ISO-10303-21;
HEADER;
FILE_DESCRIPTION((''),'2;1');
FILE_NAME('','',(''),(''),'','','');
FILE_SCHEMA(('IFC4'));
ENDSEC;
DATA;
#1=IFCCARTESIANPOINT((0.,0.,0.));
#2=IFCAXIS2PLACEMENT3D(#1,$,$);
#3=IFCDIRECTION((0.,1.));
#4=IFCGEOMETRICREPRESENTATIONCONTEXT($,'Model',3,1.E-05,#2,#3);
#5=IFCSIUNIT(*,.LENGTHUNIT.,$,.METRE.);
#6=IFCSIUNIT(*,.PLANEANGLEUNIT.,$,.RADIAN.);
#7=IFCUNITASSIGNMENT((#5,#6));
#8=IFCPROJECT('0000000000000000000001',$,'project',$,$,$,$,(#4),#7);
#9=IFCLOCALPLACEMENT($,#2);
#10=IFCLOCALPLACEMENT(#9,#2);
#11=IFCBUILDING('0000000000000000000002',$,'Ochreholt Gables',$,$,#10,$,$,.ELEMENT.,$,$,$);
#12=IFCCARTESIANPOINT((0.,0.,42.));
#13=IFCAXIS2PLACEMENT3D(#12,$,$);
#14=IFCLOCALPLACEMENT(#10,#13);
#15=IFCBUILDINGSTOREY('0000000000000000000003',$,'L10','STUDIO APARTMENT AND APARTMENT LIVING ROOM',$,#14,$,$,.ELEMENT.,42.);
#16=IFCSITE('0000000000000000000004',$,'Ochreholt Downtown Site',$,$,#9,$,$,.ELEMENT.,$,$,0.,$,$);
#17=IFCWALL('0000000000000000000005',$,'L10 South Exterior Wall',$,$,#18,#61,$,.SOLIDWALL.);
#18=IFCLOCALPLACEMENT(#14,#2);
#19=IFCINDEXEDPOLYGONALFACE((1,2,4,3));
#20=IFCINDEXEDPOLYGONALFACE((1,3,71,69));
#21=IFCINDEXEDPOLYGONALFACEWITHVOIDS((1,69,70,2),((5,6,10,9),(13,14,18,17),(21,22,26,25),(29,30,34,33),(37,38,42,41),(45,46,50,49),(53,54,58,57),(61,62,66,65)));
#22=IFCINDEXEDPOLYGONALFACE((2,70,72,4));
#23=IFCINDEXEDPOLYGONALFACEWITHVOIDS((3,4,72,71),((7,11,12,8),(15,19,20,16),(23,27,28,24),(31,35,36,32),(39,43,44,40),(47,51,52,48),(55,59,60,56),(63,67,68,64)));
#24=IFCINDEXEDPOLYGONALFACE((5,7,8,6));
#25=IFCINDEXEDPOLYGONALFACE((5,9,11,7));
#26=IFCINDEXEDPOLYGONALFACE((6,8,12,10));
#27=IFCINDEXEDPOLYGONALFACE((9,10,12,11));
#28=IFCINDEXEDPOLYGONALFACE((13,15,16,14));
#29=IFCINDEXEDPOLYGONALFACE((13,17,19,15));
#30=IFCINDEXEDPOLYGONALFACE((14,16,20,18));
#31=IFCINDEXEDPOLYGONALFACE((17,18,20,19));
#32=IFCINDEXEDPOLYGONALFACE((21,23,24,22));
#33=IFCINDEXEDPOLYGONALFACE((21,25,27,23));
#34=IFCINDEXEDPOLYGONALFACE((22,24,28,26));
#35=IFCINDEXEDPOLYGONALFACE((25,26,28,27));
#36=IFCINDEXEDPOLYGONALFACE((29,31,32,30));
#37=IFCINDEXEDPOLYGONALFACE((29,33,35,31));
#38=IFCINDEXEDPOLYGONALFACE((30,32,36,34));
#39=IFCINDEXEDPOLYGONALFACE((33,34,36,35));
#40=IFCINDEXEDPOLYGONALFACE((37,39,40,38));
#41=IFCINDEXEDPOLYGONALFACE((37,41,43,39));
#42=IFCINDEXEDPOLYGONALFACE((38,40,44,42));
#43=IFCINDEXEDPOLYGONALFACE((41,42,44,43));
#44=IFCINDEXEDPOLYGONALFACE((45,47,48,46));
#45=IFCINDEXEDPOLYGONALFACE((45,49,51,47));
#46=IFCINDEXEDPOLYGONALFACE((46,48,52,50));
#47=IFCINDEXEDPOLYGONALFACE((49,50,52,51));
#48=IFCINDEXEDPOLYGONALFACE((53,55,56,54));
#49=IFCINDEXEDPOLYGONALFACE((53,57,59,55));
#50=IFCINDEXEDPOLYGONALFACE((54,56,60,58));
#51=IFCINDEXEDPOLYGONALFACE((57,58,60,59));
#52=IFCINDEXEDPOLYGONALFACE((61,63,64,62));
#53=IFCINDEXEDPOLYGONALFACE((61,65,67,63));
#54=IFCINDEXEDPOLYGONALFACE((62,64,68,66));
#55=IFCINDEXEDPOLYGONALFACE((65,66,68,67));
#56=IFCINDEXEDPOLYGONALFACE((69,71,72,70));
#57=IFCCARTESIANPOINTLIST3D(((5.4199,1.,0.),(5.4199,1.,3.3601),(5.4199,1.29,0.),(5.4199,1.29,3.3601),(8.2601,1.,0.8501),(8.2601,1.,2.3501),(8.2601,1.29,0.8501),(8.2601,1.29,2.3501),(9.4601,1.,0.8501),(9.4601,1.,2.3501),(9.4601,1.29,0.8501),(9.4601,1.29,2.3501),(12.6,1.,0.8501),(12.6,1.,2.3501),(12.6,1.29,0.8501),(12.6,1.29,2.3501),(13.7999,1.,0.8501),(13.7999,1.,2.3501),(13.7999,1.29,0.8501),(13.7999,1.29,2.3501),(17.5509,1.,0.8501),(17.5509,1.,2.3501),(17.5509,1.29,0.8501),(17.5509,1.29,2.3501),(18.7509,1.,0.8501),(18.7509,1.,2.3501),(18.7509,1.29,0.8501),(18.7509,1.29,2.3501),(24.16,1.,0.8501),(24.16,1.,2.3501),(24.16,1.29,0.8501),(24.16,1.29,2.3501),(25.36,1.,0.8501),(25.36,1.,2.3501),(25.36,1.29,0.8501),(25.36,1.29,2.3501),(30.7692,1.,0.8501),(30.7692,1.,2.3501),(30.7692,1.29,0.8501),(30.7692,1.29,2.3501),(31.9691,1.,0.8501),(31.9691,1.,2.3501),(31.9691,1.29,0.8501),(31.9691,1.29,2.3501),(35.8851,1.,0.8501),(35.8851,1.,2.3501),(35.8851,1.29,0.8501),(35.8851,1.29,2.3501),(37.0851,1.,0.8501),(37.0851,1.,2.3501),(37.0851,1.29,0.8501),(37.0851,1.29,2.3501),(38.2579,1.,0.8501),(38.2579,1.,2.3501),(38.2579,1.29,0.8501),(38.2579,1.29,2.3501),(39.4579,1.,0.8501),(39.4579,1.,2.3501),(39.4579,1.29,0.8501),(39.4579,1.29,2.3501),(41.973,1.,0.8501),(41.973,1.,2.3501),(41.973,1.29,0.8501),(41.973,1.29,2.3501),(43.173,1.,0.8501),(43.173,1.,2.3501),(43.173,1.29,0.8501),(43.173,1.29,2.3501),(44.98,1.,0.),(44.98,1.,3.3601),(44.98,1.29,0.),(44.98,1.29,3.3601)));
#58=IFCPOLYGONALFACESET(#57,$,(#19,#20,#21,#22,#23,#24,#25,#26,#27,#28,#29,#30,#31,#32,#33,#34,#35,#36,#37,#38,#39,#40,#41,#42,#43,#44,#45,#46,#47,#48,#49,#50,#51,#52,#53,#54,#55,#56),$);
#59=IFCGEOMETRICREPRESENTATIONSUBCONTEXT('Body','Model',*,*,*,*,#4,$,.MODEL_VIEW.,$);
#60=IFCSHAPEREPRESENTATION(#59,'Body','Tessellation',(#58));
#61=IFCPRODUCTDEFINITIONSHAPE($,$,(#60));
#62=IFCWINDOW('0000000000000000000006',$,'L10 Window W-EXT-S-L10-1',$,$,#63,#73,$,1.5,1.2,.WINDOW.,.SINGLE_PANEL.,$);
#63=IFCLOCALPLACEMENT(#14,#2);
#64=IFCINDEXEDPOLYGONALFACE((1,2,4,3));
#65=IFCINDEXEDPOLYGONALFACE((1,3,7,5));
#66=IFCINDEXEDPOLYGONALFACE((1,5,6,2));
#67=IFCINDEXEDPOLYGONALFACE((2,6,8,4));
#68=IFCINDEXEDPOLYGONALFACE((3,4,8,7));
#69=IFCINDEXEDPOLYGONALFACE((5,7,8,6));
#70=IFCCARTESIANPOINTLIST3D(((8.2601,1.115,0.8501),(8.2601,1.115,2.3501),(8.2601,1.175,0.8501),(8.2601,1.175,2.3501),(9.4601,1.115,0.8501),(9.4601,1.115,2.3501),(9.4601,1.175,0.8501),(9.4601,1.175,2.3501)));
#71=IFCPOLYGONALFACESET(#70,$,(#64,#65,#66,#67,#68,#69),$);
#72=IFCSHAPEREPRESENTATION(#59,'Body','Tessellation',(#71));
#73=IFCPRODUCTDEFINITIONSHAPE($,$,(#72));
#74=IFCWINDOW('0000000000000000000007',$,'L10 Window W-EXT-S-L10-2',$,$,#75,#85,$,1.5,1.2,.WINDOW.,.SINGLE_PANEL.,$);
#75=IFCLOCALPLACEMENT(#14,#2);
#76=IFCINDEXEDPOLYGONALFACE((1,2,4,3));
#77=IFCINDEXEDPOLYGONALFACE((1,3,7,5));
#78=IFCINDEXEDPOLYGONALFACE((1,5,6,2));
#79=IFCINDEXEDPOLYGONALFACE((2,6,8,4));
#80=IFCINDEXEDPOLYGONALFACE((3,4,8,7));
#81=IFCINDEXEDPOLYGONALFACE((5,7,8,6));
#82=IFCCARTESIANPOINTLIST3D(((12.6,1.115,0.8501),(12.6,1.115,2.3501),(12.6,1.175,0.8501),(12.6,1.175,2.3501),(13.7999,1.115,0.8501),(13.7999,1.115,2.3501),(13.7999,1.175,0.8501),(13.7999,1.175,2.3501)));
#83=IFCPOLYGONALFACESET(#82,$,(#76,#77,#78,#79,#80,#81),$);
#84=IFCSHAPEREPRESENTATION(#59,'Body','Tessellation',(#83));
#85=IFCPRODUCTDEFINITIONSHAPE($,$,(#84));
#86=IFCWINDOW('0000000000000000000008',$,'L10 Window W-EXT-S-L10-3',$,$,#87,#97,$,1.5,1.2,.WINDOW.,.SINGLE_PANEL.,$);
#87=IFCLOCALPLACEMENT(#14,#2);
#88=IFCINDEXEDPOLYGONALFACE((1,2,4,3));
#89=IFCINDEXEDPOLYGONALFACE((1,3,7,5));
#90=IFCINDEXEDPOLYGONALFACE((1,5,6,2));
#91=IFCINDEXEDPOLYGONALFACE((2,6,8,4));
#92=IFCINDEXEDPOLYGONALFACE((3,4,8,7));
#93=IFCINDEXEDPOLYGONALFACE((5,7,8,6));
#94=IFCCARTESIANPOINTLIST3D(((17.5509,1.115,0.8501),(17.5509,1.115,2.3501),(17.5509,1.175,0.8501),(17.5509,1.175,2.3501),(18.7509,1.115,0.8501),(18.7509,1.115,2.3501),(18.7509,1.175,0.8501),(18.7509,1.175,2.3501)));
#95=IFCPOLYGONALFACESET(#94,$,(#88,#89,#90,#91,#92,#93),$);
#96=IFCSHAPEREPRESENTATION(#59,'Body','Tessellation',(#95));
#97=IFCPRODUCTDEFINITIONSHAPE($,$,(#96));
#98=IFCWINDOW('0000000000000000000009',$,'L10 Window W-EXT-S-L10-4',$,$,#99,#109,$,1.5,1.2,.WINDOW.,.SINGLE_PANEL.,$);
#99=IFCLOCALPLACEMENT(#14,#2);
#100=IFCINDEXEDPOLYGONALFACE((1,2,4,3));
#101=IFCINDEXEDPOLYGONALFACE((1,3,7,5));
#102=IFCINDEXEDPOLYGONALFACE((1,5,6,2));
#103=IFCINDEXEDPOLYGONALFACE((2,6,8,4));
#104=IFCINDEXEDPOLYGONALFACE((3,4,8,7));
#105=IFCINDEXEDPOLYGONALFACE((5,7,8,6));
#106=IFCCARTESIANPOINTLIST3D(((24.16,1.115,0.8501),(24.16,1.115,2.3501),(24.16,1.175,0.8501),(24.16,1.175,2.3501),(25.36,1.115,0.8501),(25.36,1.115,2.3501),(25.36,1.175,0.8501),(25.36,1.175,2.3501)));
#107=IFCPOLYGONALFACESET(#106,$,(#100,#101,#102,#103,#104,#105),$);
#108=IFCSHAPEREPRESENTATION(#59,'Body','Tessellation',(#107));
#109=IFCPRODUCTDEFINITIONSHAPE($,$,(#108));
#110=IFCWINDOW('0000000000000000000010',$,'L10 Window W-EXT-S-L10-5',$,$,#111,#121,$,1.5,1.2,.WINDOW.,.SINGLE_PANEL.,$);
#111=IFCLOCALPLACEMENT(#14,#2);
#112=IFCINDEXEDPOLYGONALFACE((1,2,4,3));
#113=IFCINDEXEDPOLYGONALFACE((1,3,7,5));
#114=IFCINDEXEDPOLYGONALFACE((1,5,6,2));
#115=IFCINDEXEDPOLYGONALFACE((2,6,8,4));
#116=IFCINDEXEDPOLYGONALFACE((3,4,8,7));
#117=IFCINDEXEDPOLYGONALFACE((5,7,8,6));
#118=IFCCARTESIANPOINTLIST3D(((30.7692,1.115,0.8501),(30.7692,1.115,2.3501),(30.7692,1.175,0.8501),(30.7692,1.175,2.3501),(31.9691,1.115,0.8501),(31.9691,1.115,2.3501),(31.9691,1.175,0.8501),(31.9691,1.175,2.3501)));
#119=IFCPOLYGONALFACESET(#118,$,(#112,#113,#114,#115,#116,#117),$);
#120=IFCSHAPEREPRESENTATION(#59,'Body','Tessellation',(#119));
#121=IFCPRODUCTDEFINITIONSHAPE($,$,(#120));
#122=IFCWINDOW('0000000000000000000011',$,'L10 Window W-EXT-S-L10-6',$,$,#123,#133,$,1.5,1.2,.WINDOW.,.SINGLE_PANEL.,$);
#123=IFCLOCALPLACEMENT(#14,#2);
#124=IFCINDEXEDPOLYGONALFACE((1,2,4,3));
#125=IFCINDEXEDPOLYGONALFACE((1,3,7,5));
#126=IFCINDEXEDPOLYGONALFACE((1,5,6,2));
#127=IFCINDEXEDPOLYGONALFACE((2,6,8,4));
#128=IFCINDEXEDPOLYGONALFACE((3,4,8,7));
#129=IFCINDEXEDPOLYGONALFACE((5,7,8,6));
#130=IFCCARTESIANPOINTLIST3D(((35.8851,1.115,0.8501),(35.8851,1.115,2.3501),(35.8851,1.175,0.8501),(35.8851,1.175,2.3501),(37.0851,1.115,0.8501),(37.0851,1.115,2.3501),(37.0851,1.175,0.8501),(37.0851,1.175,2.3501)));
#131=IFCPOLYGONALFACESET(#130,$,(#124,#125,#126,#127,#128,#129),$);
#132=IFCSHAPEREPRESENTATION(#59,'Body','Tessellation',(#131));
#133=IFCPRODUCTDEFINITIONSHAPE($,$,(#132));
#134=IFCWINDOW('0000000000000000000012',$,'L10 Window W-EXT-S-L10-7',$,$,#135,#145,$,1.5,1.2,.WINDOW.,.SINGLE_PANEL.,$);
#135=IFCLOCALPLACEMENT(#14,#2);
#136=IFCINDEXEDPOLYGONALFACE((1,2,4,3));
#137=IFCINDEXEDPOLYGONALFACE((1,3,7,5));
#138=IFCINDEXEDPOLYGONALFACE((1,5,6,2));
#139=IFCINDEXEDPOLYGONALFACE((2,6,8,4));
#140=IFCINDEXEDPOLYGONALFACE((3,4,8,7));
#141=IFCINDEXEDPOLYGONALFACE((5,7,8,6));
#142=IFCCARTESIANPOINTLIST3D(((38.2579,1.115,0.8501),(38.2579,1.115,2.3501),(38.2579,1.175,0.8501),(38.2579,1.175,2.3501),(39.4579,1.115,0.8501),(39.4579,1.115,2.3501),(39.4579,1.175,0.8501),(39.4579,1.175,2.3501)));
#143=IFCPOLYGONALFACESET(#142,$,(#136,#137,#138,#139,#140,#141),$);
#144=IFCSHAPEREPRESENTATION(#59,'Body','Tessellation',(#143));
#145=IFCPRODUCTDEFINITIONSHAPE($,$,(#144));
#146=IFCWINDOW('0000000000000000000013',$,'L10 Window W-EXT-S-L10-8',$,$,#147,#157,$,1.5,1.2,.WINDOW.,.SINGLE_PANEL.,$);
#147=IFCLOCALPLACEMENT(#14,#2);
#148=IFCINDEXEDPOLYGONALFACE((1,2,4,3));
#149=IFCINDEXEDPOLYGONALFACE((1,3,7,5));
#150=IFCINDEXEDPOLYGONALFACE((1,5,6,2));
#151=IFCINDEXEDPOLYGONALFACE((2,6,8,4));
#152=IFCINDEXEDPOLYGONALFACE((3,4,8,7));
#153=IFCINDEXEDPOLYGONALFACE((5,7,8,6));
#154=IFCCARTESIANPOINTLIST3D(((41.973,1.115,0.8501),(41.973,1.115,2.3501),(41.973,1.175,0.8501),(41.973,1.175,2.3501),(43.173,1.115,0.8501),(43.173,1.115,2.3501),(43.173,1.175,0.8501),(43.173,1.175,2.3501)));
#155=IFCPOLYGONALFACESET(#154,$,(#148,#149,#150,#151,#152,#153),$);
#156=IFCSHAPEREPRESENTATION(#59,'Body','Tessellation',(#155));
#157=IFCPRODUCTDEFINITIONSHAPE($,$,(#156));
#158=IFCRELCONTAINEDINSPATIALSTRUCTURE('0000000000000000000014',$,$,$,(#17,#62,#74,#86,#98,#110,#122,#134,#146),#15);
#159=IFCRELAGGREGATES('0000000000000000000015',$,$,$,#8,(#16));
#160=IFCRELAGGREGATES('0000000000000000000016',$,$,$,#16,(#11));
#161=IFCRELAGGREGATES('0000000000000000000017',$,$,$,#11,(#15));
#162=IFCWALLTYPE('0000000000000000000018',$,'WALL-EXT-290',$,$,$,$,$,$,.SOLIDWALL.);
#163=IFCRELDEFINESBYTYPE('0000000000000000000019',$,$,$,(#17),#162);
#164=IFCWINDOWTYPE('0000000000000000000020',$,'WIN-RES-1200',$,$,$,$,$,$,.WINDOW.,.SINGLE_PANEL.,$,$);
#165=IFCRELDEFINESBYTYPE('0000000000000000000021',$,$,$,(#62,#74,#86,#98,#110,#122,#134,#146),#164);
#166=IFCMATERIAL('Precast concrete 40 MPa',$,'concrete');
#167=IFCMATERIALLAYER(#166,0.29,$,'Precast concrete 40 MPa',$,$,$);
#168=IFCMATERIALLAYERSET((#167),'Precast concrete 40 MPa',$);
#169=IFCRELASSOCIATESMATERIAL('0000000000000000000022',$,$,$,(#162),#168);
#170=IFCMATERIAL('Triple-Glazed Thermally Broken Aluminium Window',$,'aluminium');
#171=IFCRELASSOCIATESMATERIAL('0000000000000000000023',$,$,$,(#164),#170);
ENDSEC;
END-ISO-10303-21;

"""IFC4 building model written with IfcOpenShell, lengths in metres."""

from ifc_helpers import new_model, si_unit, direction, frame, frame_2d, origin, place, context, subcontext, project, spatial, rectangle, extrude, material, layer, layer_set, type_object, element, fill, save


model = new_model("IFC4")

# Units and contexts
model_context = context("Model", 3, precision=1e-05, world=origin(), true_north=direction((0.0, 1.0)))
body_context = subcontext(model_context, "Body", "Model", "MODEL_VIEW")
ifc_project = project(units=[si_unit("LENGTHUNIT", "METRE"), si_unit("PLANEANGLEUNIT", "RADIAN")], contexts=[model_context])

# Site, building, storey
site_placement = place(None, origin())
site = spatial("IfcSite", under=ifc_project, at=site_placement, Name="Ochreholt Downtown Site", CompositionType="ELEMENT", RefElevation=0.0)
building_placement = place(site_placement, origin())
building = spatial("IfcBuilding", under=site, at=building_placement, Name="Ochreholt Gables", CompositionType="ELEMENT")
storey_placement = place(building_placement, frame((0.0, 0.0, 42.0)))
storey = spatial("IfcBuildingStorey", under=building, at=storey_placement, Name="L10", Description="STUDIO APARTMENT AND APARTMENT LIVING ROOM", CompositionType="ELEMENT", Elevation=42.0)

# Wall, openings, windows
ifc_material_1 = material(Name="Precast concrete 40 MPa", Category="concrete")
ifc_layer_1 = layer(ifc_material_1, 0.29, Name="Precast concrete 40 MPa")
ifc_layer_set_1 = layer_set([ifc_layer_1], Name="Precast concrete 40 MPa")
wall_type_1 = type_object("IfcWallType", Name="WALL-EXT-290", PredefinedType="SOLIDWALL", material=ifc_layer_set_1)
wall_1_placement = place(storey_placement, frame((5.4199, 1.145, 0.0), z_axis=(0.0, 0.0, 1.0), x_axis=(1.0, 0.0, 0.0)))
wall_1 = element("IfcWall", 1, at=wall_1_placement, inside=storey, type_object=wall_type_1, Name="L10 South Exterior Wall", PredefinedType="SOLIDWALL", context=body_context, shape_type="SweptSolid", body=[
    extrude(rectangle(XDim=39.5601, YDim=0.29, at=frame_2d((19.78, 0.0))), origin(), (0.0, 0.0, 1.0), 3.3601),
])
opening_1_placement = place(wall_1_placement, frame((2.8401, 0.0, 0.8501)))
opening_1 = element("IfcOpeningElement", 2, at=opening_1_placement, cuts=wall_1, PredefinedType="OPENING", context=body_context, shape_type="SweptSolid", body=[
    extrude(rectangle(XDim=1.2, YDim=1.5, at=frame_2d((0.6001, 0.75))), frame((0.0, 0.155, 0.0), z_axis=(0.0, -1.0, 0.0), x_axis=(1.0, 0.0, 0.0)), (0.0, 0.0, 1.0), 0.3101),
])
opening_2_placement = place(wall_1_placement, frame((7.1799, 0.0, 0.8501)))
opening_2 = element("IfcOpeningElement", 3, at=opening_2_placement, cuts=wall_1, PredefinedType="OPENING", context=body_context, shape_type="SweptSolid", body=[
    extrude(rectangle(XDim=1.2, YDim=1.5, at=frame_2d((0.6001, 0.75))), frame((0.0, 0.155, 0.0), z_axis=(0.0, -1.0, 0.0), x_axis=(1.0, 0.0, 0.0)), (0.0, 0.0, 1.0), 0.3101),
])
opening_3_placement = place(wall_1_placement, frame((12.1309, 0.0, 0.8501)))
opening_3 = element("IfcOpeningElement", 4, at=opening_3_placement, cuts=wall_1, PredefinedType="OPENING", context=body_context, shape_type="SweptSolid", body=[
    extrude(rectangle(XDim=1.2, YDim=1.5, at=frame_2d((0.6001, 0.75))), frame((0.0, 0.155, 0.0), z_axis=(0.0, -1.0, 0.0), x_axis=(1.0, 0.0, 0.0)), (0.0, 0.0, 1.0), 0.3101),
])
opening_4_placement = place(wall_1_placement, frame((18.74, 0.0, 0.8501)))
opening_4 = element("IfcOpeningElement", 5, at=opening_4_placement, cuts=wall_1, PredefinedType="OPENING", context=body_context, shape_type="SweptSolid", body=[
    extrude(rectangle(XDim=1.2, YDim=1.5, at=frame_2d((0.6001, 0.75))), frame((0.0, 0.155, 0.0), z_axis=(0.0, -1.0, 0.0), x_axis=(1.0, 0.0, 0.0)), (0.0, 0.0, 1.0), 0.3101),
])
opening_5_placement = place(wall_1_placement, frame((25.3491, 0.0, 0.8501)))
opening_5 = element("IfcOpeningElement", 6, at=opening_5_placement, cuts=wall_1, PredefinedType="OPENING", context=body_context, shape_type="SweptSolid", body=[
    extrude(rectangle(XDim=1.2, YDim=1.5, at=frame_2d((0.6001, 0.75))), frame((0.0, 0.155, 0.0), z_axis=(0.0, -1.0, 0.0), x_axis=(1.0, 0.0, 0.0)), (0.0, 0.0, 1.0), 0.3101),
])
opening_6_placement = place(wall_1_placement, frame((30.4651, 0.0, 0.8501)))
opening_6 = element("IfcOpeningElement", 7, at=opening_6_placement, cuts=wall_1, PredefinedType="OPENING", context=body_context, shape_type="SweptSolid", body=[
    extrude(rectangle(XDim=1.2, YDim=1.5, at=frame_2d((0.6001, 0.75))), frame((0.0, 0.155, 0.0), z_axis=(0.0, -1.0, 0.0), x_axis=(1.0, 0.0, 0.0)), (0.0, 0.0, 1.0), 0.3101),
])
opening_7_placement = place(wall_1_placement, frame((32.8379, 0.0, 0.8501)))
opening_7 = element("IfcOpeningElement", 8, at=opening_7_placement, cuts=wall_1, PredefinedType="OPENING", context=body_context, shape_type="SweptSolid", body=[
    extrude(rectangle(XDim=1.2, YDim=1.5, at=frame_2d((0.6001, 0.75))), frame((0.0, 0.155, 0.0), z_axis=(0.0, -1.0, 0.0), x_axis=(1.0, 0.0, 0.0)), (0.0, 0.0, 1.0), 0.3101),
])
opening_8_placement = place(wall_1_placement, frame((36.553, 0.0, 0.8501)))
opening_8 = element("IfcOpeningElement", 9, at=opening_8_placement, cuts=wall_1, PredefinedType="OPENING", context=body_context, shape_type="SweptSolid", body=[
    extrude(rectangle(XDim=1.2, YDim=1.5, at=frame_2d((0.6001, 0.75))), frame((0.0, 0.155, 0.0), z_axis=(0.0, -1.0, 0.0), x_axis=(1.0, 0.0, 0.0)), (0.0, 0.0, 1.0), 0.3101),
])
ifc_material_2 = material(Name="Triple-Glazed Thermally Broken Aluminium Window", Category="aluminium")
window_type = type_object("IfcWindowType", Name="WIN-RES-1200", PartitioningType="SINGLE_PANEL", PredefinedType="WINDOW", material=ifc_material_2)
window_1_placement = place(opening_1_placement, origin())
window_1 = element("IfcWindow", 10, at=window_1_placement, inside=storey, type_object=window_type, Name="L10 Window W-EXT-S-L10-1", OverallHeight=1.5, OverallWidth=1.2, PartitioningType="SINGLE_PANEL", PredefinedType="WINDOW", context=body_context, shape_type="SweptSolid", body=[
    extrude(rectangle(XDim=1.2, YDim=1.5, at=frame_2d((0.6001, 0.75))), frame((0.0, 0.03, 0.0), z_axis=(0.0, -1.0, 0.0), x_axis=(1.0, 0.0, 0.0)), (0.0, 0.0, 1.0), 0.0601),
])
fill(opening_1, window_1)
window_2_placement = place(opening_2_placement, origin())
window_2 = element("IfcWindow", 11, at=window_2_placement, inside=storey, type_object=window_type, Name="L10 Window W-EXT-S-L10-2", OverallHeight=1.5, OverallWidth=1.2, PartitioningType="SINGLE_PANEL", PredefinedType="WINDOW", context=body_context, shape_type="SweptSolid", body=[
    extrude(rectangle(XDim=1.2, YDim=1.5, at=frame_2d((0.6001, 0.75))), frame((0.0, 0.03, 0.0), z_axis=(0.0, -1.0, 0.0), x_axis=(1.0, 0.0, 0.0)), (0.0, 0.0, 1.0), 0.0601),
])
fill(opening_2, window_2)
window_3_placement = place(opening_3_placement, origin())
window_3 = element("IfcWindow", 12, at=window_3_placement, inside=storey, type_object=window_type, Name="L10 Window W-EXT-S-L10-3", OverallHeight=1.5, OverallWidth=1.2, PartitioningType="SINGLE_PANEL", PredefinedType="WINDOW", context=body_context, shape_type="SweptSolid", body=[
    extrude(rectangle(XDim=1.2, YDim=1.5, at=frame_2d((0.6001, 0.75))), frame((0.0, 0.03, 0.0), z_axis=(0.0, -1.0, 0.0), x_axis=(1.0, 0.0, 0.0)), (0.0, 0.0, 1.0), 0.0601),
])
fill(opening_3, window_3)
window_4_placement = place(opening_4_placement, origin())
window_4 = element("IfcWindow", 13, at=window_4_placement, inside=storey, type_object=window_type, Name="L10 Window W-EXT-S-L10-4", OverallHeight=1.5, OverallWidth=1.2, PartitioningType="SINGLE_PANEL", PredefinedType="WINDOW", context=body_context, shape_type="SweptSolid", body=[
    extrude(rectangle(XDim=1.2, YDim=1.5, at=frame_2d((0.6001, 0.75))), frame((0.0, 0.03, 0.0), z_axis=(0.0, -1.0, 0.0), x_axis=(1.0, 0.0, 0.0)), (0.0, 0.0, 1.0), 0.0601),
])
fill(opening_4, window_4)
window_5_placement = place(opening_5_placement, origin())
window_5 = element("IfcWindow", 14, at=window_5_placement, inside=storey, type_object=window_type, Name="L10 Window W-EXT-S-L10-5", OverallHeight=1.5, OverallWidth=1.2, PartitioningType="SINGLE_PANEL", PredefinedType="WINDOW", context=body_context, shape_type="SweptSolid", body=[
    extrude(rectangle(XDim=1.2, YDim=1.5, at=frame_2d((0.6001, 0.75))), frame((0.0, 0.03, 0.0), z_axis=(0.0, -1.0, 0.0), x_axis=(1.0, 0.0, 0.0)), (0.0, 0.0, 1.0), 0.0601),
])
fill(opening_5, window_5)
window_6_placement = place(opening_6_placement, origin())
window_6 = element("IfcWindow", 15, at=window_6_placement, inside=storey, type_object=window_type, Name="L10 Window W-EXT-S-L10-6", OverallHeight=1.5, OverallWidth=1.2, PartitioningType="SINGLE_PANEL", PredefinedType="WINDOW", context=body_context, shape_type="SweptSolid", body=[
    extrude(rectangle(XDim=1.2, YDim=1.5, at=frame_2d((0.6001, 0.75))), frame((0.0, 0.03, 0.0), z_axis=(0.0, -1.0, 0.0), x_axis=(1.0, 0.0, 0.0)), (0.0, 0.0, 1.0), 0.0601),
])
fill(opening_6, window_6)
window_7_placement = place(opening_7_placement, origin())
window_7 = element("IfcWindow", 16, at=window_7_placement, inside=storey, type_object=window_type, Name="L10 Window W-EXT-S-L10-7", OverallHeight=1.5, OverallWidth=1.2, PartitioningType="SINGLE_PANEL", PredefinedType="WINDOW", context=body_context, shape_type="SweptSolid", body=[
    extrude(rectangle(XDim=1.2, YDim=1.5, at=frame_2d((0.6001, 0.75))), frame((0.0, 0.03, 0.0), z_axis=(0.0, -1.0, 0.0), x_axis=(1.0, 0.0, 0.0)), (0.0, 0.0, 1.0), 0.0601),
])
fill(opening_7, window_7)
window_8_placement = place(opening_8_placement, origin())
window_8 = element("IfcWindow", 17, at=window_8_placement, inside=storey, type_object=window_type, Name="L10 Window W-EXT-S-L10-8", OverallHeight=1.5, OverallWidth=1.2, PartitioningType="SINGLE_PANEL", PredefinedType="WINDOW", context=body_context, shape_type="SweptSolid", body=[
    extrude(rectangle(XDim=1.2, YDim=1.5, at=frame_2d((0.6001, 0.75))), frame((0.0, 0.03, 0.0), z_axis=(0.0, -1.0, 0.0), x_axis=(1.0, 0.0, 0.0)), (0.0, 0.0, 1.0), 0.0601),
])
fill(opening_8, window_8)

save(model, "model.ifc")
